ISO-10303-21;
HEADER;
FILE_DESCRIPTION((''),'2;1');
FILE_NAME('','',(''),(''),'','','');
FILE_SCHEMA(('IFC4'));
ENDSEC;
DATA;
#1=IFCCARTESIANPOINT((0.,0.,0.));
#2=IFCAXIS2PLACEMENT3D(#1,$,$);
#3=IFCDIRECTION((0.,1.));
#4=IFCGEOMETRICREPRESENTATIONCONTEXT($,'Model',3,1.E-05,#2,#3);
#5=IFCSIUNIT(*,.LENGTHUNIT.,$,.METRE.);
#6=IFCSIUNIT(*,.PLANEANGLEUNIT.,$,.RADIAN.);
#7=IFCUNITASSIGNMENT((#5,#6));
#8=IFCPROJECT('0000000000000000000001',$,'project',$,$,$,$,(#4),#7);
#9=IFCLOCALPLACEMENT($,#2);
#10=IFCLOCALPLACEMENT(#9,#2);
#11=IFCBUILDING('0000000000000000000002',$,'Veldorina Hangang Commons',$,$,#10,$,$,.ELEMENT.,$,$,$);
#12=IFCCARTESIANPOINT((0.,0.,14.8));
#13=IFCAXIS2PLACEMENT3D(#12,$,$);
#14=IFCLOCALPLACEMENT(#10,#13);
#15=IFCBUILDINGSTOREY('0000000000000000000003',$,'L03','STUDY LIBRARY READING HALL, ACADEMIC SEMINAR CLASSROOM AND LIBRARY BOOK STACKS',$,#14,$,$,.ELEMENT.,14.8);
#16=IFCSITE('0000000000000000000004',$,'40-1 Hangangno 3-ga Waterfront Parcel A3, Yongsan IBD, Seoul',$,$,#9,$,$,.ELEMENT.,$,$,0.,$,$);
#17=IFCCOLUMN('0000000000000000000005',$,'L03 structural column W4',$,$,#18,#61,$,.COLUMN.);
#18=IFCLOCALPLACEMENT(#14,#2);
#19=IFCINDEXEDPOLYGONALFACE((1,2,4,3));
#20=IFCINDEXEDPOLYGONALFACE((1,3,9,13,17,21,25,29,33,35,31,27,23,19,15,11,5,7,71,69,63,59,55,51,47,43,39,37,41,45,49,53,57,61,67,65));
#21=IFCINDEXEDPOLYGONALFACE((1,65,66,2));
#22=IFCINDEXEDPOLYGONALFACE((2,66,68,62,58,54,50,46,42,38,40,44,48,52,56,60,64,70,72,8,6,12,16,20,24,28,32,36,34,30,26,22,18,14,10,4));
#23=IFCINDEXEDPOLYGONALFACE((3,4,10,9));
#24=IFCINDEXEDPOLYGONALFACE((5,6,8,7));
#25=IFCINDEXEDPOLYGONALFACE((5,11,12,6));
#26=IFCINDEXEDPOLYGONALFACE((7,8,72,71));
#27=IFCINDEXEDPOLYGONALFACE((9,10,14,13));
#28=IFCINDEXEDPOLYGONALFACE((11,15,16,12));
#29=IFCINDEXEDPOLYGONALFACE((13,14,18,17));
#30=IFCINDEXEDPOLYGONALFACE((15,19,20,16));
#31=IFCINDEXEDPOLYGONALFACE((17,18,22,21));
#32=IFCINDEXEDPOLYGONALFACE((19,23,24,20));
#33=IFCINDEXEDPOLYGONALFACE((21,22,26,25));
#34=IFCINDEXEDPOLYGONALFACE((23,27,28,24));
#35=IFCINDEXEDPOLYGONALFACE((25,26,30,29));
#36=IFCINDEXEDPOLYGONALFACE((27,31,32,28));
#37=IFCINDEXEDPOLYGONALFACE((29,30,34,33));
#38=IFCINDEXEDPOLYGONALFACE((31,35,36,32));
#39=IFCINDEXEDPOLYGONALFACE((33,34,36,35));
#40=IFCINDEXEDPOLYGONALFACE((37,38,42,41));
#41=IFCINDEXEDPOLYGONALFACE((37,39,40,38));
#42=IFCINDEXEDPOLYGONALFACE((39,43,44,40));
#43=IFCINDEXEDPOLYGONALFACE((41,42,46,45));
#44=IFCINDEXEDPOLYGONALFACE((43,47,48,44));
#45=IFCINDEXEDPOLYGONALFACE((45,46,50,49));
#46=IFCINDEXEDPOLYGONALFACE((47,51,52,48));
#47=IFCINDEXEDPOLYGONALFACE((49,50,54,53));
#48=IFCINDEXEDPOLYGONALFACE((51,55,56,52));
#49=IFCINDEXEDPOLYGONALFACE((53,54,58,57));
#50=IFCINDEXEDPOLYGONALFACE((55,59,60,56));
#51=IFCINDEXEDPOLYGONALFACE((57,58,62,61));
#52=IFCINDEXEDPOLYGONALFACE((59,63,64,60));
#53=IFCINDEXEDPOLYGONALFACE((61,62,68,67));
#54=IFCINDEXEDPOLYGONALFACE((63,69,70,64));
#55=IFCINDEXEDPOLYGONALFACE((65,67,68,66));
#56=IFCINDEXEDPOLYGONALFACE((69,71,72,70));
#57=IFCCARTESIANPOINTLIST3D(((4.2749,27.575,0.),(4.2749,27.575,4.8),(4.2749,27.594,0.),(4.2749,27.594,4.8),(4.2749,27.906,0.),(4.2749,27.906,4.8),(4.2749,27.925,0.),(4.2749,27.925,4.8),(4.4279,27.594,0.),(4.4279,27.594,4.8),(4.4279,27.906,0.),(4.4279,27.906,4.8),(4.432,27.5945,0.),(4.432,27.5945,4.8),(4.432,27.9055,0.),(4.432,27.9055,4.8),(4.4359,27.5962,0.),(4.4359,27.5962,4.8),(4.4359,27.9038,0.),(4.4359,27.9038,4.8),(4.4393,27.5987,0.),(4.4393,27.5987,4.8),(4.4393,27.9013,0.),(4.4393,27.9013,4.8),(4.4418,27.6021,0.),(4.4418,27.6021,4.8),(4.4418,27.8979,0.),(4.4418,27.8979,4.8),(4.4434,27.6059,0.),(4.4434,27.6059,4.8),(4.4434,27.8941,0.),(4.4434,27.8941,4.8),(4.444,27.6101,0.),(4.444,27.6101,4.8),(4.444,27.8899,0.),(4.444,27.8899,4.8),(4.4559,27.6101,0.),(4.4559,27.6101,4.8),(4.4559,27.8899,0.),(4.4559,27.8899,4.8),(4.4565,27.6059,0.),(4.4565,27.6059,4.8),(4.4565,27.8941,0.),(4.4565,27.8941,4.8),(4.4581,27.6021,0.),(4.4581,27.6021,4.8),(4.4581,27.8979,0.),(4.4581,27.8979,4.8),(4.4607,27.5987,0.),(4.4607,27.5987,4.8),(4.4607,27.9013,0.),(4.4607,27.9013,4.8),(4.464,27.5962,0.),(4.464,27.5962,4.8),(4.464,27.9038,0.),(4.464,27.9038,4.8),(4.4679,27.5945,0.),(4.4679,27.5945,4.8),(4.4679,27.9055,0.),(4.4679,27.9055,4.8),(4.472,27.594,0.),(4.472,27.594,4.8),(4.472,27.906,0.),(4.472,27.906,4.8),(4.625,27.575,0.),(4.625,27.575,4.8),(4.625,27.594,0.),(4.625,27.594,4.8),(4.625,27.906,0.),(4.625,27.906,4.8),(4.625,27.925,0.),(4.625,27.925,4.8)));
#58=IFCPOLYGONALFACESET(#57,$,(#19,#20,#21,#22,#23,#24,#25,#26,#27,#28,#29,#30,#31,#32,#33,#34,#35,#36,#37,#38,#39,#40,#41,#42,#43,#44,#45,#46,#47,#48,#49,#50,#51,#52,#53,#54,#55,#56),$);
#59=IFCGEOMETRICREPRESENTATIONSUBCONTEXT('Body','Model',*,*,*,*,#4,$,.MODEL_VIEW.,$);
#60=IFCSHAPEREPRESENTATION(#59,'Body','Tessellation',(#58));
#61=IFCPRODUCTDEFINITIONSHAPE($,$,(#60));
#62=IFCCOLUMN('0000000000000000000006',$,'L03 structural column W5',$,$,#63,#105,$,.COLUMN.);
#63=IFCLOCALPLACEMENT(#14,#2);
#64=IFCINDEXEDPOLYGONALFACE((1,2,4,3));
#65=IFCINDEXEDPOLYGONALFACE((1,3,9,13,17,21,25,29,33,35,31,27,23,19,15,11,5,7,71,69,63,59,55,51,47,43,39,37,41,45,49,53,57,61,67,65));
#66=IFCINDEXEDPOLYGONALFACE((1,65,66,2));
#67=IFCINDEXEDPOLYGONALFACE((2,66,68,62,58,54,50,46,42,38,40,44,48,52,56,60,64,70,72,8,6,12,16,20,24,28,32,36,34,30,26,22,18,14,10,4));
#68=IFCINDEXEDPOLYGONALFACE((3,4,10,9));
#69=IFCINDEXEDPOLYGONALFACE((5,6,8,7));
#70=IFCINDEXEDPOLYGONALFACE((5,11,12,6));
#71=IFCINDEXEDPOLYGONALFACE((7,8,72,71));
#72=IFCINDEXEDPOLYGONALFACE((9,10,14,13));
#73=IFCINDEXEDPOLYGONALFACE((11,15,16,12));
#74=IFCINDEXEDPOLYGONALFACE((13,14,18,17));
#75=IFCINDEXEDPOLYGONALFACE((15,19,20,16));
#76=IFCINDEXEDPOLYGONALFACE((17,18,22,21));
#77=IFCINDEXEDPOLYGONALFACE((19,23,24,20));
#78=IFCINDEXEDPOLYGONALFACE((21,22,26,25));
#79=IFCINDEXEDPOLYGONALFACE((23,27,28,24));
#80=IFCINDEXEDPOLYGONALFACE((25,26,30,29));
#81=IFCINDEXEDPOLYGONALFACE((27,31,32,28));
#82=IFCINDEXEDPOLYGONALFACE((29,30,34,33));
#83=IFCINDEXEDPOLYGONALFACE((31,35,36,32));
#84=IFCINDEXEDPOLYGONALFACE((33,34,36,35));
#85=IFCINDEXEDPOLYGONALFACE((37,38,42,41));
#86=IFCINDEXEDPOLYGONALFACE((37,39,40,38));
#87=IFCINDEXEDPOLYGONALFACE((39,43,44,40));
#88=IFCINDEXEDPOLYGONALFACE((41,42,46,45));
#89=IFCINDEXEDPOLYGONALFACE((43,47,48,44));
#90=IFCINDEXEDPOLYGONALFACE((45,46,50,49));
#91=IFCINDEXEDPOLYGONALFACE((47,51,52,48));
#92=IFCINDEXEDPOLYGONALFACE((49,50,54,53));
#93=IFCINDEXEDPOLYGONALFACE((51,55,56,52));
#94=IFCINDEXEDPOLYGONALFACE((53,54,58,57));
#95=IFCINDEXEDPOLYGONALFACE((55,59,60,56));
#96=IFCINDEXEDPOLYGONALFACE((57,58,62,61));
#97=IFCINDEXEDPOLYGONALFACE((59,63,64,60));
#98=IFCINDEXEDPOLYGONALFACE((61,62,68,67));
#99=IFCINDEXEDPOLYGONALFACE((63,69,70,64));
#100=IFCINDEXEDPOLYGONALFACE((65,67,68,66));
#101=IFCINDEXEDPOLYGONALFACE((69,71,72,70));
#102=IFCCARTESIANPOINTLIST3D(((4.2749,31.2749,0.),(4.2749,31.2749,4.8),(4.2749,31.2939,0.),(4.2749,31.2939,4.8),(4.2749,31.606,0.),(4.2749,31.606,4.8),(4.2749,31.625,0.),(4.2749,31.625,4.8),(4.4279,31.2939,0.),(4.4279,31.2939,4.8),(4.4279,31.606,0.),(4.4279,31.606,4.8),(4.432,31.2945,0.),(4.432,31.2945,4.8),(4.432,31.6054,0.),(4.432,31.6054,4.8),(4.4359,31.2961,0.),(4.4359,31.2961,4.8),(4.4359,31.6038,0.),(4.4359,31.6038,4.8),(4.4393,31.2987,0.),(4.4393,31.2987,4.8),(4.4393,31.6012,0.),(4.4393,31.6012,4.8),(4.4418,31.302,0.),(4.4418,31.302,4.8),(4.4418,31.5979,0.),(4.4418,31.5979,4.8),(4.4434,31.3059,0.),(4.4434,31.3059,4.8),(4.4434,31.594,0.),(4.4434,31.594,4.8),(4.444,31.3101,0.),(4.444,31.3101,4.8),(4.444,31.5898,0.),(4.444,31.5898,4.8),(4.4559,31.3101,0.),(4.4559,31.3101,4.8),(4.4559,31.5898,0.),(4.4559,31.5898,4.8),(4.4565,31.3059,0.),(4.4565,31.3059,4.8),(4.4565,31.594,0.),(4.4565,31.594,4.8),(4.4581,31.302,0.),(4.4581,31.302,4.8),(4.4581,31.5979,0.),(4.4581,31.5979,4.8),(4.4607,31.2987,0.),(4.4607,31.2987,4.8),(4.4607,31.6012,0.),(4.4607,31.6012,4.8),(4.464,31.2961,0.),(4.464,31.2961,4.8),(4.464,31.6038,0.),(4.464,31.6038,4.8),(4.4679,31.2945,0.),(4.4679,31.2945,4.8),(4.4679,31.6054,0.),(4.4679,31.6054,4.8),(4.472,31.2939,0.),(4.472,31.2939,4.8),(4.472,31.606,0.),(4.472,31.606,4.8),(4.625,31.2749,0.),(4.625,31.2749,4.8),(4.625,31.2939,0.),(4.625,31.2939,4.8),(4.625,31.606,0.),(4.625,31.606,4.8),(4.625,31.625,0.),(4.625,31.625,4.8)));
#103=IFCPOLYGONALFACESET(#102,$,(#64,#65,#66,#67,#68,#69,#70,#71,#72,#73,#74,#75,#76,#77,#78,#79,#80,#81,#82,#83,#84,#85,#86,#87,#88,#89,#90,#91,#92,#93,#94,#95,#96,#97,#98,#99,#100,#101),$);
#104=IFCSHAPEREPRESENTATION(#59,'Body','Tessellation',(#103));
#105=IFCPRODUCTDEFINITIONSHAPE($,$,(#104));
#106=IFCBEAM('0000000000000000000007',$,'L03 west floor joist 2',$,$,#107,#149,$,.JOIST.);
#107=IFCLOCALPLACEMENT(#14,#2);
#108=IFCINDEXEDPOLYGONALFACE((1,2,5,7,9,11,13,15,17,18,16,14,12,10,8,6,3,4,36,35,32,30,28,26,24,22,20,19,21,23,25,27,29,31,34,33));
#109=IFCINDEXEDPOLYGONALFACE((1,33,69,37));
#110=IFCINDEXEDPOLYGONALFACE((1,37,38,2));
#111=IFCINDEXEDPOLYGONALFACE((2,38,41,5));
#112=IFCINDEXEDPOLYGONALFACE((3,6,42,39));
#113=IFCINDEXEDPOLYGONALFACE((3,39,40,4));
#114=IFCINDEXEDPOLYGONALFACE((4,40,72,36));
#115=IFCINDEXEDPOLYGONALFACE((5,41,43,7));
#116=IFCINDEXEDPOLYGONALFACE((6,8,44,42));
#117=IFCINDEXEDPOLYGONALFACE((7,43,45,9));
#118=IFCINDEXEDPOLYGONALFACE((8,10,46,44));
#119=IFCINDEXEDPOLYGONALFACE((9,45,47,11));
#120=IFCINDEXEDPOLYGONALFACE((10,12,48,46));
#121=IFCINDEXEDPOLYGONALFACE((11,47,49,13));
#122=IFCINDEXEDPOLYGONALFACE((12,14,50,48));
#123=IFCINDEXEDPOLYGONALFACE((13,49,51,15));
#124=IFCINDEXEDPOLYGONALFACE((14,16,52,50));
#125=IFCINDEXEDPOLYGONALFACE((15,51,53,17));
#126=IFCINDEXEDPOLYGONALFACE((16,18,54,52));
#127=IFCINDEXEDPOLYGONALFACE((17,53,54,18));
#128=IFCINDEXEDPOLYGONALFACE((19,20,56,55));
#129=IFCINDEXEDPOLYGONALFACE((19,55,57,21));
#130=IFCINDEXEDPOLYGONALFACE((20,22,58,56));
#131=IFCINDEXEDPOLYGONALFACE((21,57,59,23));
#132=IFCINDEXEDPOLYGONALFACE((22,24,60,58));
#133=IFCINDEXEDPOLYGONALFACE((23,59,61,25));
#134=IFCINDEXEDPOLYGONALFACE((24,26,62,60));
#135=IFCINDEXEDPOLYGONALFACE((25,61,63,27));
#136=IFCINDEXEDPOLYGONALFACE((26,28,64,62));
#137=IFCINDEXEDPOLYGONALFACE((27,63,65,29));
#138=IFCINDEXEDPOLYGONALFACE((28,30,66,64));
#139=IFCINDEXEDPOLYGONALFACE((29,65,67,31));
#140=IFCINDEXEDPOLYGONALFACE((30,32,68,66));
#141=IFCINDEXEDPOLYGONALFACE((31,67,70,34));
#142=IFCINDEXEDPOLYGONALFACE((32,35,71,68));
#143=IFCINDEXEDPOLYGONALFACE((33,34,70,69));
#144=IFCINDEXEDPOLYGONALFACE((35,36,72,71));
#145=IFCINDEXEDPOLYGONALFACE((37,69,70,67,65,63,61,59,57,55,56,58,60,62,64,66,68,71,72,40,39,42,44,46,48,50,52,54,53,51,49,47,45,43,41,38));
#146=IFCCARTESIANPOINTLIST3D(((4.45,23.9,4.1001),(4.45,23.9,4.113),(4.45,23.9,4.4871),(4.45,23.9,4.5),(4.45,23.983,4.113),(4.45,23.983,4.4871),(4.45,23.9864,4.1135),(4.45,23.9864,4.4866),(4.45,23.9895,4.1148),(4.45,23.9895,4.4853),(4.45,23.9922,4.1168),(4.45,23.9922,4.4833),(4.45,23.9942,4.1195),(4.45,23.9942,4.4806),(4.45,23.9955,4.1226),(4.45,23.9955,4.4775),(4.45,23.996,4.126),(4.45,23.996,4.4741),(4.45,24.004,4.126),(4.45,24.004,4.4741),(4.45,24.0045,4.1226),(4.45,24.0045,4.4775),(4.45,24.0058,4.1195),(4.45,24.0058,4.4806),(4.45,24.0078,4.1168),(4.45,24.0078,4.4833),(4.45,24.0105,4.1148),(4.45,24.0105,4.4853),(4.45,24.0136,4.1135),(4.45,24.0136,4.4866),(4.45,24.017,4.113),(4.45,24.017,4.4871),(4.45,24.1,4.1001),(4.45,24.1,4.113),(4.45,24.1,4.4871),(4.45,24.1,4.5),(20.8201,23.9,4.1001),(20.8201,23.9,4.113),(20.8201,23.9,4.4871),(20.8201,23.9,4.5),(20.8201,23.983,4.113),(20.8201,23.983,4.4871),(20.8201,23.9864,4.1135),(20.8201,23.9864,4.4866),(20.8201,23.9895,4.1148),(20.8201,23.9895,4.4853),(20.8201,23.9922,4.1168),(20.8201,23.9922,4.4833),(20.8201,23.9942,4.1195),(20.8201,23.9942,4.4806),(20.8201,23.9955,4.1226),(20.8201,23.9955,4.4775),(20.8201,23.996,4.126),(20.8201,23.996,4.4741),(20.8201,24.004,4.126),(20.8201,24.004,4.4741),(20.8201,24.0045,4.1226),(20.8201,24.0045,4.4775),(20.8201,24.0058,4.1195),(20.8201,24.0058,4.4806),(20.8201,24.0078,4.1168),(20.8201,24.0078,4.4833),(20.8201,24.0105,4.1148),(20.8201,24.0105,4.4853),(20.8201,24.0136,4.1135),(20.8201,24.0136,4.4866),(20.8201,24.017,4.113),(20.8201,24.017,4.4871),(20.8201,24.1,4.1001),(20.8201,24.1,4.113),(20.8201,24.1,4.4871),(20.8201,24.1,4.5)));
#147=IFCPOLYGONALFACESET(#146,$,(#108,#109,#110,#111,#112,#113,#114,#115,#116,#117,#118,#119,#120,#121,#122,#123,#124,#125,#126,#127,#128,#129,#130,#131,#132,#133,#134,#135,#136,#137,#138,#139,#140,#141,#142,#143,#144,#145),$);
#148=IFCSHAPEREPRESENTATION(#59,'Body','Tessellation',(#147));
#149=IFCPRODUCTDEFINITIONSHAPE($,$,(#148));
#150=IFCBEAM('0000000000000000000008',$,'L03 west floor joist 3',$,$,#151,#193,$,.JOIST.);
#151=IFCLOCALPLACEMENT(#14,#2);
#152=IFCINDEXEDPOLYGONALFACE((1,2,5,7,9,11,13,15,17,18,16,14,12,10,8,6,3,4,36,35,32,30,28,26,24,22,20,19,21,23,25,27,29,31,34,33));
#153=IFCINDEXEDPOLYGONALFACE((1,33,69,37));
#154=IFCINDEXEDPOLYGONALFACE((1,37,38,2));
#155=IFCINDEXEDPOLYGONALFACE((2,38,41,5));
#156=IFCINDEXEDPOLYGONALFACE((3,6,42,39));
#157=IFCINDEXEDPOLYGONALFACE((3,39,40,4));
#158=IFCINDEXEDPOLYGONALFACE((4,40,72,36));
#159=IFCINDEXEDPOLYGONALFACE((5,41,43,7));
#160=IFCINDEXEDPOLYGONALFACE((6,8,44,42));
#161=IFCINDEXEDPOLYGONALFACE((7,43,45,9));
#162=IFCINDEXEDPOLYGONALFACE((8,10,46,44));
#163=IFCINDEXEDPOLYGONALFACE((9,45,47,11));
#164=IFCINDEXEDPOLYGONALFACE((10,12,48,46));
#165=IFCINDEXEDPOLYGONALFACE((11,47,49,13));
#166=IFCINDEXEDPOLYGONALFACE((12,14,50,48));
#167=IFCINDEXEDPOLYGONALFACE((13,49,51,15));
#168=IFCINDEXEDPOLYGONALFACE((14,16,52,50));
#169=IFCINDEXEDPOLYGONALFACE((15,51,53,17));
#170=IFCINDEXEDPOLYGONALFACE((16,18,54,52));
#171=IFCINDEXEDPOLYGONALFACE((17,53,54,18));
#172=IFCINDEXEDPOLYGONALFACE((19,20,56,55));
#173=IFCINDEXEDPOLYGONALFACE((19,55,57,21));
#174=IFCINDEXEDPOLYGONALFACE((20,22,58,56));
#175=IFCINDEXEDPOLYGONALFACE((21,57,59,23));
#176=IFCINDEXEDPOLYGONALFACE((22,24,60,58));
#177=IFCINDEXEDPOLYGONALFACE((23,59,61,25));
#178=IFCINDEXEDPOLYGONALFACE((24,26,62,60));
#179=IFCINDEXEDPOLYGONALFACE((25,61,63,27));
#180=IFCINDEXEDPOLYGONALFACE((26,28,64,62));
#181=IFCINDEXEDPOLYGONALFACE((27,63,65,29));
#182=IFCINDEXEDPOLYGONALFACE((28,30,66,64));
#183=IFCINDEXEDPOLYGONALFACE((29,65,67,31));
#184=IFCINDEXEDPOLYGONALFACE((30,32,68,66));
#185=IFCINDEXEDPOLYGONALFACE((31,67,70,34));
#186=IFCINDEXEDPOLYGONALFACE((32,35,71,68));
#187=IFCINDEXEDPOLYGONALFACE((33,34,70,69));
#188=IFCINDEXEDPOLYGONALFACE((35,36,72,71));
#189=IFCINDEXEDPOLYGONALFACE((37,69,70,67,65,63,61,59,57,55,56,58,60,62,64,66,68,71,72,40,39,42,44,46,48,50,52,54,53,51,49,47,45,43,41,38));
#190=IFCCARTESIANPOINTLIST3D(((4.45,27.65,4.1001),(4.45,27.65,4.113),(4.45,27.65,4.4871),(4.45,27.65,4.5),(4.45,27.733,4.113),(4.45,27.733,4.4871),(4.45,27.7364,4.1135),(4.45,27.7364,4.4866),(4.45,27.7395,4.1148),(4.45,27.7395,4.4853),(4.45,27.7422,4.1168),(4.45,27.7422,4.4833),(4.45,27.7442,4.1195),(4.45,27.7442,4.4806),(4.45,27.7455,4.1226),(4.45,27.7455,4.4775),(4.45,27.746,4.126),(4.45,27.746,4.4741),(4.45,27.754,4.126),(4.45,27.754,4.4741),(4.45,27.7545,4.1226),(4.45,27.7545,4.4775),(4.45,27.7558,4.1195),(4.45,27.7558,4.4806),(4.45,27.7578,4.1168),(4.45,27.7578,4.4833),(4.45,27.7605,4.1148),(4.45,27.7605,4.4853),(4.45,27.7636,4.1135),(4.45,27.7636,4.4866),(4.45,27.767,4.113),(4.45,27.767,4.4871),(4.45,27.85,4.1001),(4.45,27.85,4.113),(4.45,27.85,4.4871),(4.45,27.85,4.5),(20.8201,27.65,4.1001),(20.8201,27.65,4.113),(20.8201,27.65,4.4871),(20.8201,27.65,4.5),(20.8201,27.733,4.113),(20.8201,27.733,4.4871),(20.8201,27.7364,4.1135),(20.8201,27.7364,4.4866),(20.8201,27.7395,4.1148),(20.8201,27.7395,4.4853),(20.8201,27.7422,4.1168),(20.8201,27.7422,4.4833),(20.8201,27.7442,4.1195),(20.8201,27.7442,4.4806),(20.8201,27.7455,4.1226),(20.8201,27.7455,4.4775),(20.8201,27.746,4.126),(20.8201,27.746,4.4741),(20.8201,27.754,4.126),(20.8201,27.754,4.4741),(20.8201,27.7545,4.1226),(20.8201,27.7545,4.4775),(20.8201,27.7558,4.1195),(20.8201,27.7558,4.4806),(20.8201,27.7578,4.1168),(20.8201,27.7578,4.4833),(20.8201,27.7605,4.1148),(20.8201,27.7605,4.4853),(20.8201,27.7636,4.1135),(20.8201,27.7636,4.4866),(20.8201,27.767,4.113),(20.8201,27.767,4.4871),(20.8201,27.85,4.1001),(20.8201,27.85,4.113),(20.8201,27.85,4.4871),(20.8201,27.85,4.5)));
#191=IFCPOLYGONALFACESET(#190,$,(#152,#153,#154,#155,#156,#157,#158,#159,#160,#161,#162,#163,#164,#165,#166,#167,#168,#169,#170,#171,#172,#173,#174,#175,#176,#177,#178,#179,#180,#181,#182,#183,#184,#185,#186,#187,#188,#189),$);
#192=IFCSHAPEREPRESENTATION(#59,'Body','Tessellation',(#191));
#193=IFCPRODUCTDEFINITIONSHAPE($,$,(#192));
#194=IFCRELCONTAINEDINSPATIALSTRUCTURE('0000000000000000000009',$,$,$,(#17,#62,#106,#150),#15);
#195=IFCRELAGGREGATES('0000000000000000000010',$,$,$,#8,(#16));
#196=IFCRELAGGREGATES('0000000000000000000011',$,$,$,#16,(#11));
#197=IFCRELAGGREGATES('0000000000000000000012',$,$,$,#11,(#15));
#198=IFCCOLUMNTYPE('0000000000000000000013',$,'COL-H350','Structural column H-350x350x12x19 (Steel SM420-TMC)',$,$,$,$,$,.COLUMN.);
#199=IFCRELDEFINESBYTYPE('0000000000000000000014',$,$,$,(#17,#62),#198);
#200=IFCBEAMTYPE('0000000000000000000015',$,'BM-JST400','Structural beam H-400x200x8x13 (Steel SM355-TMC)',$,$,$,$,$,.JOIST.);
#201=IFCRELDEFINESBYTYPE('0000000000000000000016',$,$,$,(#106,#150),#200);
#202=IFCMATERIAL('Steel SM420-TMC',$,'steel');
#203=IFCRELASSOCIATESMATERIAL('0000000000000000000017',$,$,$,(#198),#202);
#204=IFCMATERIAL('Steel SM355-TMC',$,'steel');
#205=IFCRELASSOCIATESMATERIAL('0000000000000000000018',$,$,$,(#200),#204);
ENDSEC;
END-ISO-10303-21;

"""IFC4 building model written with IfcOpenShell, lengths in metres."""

from ifc_helpers import new_model, si_unit, direction, frame, origin, origin_2d, place, context, subcontext, project, spatial, i_section, extrude, material, material_profile, profile_set, type_object, element, save


model = new_model("IFC4")

# Units and contexts
model_context = context("Model", 3, precision=1e-05, world=origin(), true_north=direction((0.0, 1.0)))
body_context = subcontext(model_context, "Body", "Model", "MODEL_VIEW")
ifc_project = project(units=[si_unit("LENGTHUNIT", "METRE"), si_unit("PLANEANGLEUNIT", "RADIAN")], contexts=[model_context])

# Site, building, storey
site_placement = place(None, origin())
site = spatial("IfcSite", under=ifc_project, at=site_placement, Name="40-1 Hangangno 3-ga Waterfront Parcel A3, Yongsan IBD, Seoul", CompositionType="ELEMENT", RefElevation=0.0)
building_placement = place(site_placement, origin())
building = spatial("IfcBuilding", under=site, at=building_placement, Name="Veldorina Hangang Commons", CompositionType="ELEMENT")
storey_placement = place(building_placement, frame((0.0, 0.0, 14.8)))
storey = spatial("IfcBuildingStorey", under=building, at=storey_placement, Name="L03", Description="STUDY LIBRARY READING HALL, ACADEMIC SEMINAR CLASSROOM AND LIBRARY BOOK STACKS", CompositionType="ELEMENT", Elevation=14.8)

# Columns
ifc_material_1 = material(Name="Steel SM420-TMC", Category="steel")
ifc_material_profile_1 = material_profile(ifc_material_1, i_section(OverallWidth=0.3501, OverallDepth=0.3501, WebThickness=0.012, FlangeThickness=0.019, FilletRadius=0.0161, at=origin_2d()), Name="H-350x350x12x19")
ifc_profile_set_1 = profile_set([ifc_material_profile_1], Name="Steel SM420-TMC")
column_type = type_object("IfcColumnType", Name="COL-H350", Description="Structural column H-350x350x12x19 (Steel SM420-TMC)", PredefinedType="COLUMN", material=ifc_profile_set_1)
for number, where, z_axis, x_axis, name in (
    (1, (4.45, 27.75, 0.0), (0.0, 0.0, 1.0), (1.0, 0.0, 0.0), "L03 structural column W4"),
    (2, (4.45, 31.45, 0.0), (0.0, 0.0, 1.0), (1.0, 0.0, 0.0), "L03 structural column W5"),
):
    element("IfcColumn", number, at=place(storey_placement, frame(where, z_axis=z_axis, x_axis=x_axis)), inside=storey, type_object=column_type, Name=name, PredefinedType="COLUMN", context=body_context, shape_type="SweptSolid", body=[
        extrude(i_section(OverallWidth=0.3501, OverallDepth=0.3501, WebThickness=0.012, FlangeThickness=0.019, FilletRadius=0.0161, at=origin_2d()), origin(), (0.0, 0.0, 1.0), 4.8),
    ])

# Beams
ifc_material_2 = material(Name="Steel SM355-TMC", Category="steel")
ifc_material_profile_2 = material_profile(ifc_material_2, i_section(OverallWidth=0.2, OverallDepth=0.3999, WebThickness=0.0081, FlangeThickness=0.0129, FilletRadius=0.0129, at=origin_2d()), Name="H-400x200x8x13")
ifc_profile_set_2 = profile_set([ifc_material_profile_2], Name="Steel SM355-TMC")
beam_type_1 = type_object("IfcBeamType", Name="BM-JST400", Description="Structural beam H-400x200x8x13 (Steel SM355-TMC)", PredefinedType="JOIST", material=ifc_profile_set_2)
for number, where, z_axis, x_axis, name in (
    (3, (4.45, 24.0, 4.3), (1.0, 0.0, 0.0), (0.0, 1.0, 0.0), "L03 west floor joist 2"),
    (4, (4.45, 27.75, 4.3), (1.0, 0.0, 0.0), (0.0, 1.0, 0.0), "L03 west floor joist 3"),
):
    element("IfcBeam", number, at=place(storey_placement, frame(where, z_axis=z_axis, x_axis=x_axis)), inside=storey, type_object=beam_type_1, Name=name, PredefinedType="JOIST", context=body_context, shape_type="SweptSolid", body=[
        extrude(i_section(OverallWidth=0.2, OverallDepth=0.3999, WebThickness=0.0081, FlangeThickness=0.0129, FilletRadius=0.0129, at=origin_2d()), origin(), (0.0, 0.0, 1.0), 16.3701),
    ])

save(model, "model.ifc")
